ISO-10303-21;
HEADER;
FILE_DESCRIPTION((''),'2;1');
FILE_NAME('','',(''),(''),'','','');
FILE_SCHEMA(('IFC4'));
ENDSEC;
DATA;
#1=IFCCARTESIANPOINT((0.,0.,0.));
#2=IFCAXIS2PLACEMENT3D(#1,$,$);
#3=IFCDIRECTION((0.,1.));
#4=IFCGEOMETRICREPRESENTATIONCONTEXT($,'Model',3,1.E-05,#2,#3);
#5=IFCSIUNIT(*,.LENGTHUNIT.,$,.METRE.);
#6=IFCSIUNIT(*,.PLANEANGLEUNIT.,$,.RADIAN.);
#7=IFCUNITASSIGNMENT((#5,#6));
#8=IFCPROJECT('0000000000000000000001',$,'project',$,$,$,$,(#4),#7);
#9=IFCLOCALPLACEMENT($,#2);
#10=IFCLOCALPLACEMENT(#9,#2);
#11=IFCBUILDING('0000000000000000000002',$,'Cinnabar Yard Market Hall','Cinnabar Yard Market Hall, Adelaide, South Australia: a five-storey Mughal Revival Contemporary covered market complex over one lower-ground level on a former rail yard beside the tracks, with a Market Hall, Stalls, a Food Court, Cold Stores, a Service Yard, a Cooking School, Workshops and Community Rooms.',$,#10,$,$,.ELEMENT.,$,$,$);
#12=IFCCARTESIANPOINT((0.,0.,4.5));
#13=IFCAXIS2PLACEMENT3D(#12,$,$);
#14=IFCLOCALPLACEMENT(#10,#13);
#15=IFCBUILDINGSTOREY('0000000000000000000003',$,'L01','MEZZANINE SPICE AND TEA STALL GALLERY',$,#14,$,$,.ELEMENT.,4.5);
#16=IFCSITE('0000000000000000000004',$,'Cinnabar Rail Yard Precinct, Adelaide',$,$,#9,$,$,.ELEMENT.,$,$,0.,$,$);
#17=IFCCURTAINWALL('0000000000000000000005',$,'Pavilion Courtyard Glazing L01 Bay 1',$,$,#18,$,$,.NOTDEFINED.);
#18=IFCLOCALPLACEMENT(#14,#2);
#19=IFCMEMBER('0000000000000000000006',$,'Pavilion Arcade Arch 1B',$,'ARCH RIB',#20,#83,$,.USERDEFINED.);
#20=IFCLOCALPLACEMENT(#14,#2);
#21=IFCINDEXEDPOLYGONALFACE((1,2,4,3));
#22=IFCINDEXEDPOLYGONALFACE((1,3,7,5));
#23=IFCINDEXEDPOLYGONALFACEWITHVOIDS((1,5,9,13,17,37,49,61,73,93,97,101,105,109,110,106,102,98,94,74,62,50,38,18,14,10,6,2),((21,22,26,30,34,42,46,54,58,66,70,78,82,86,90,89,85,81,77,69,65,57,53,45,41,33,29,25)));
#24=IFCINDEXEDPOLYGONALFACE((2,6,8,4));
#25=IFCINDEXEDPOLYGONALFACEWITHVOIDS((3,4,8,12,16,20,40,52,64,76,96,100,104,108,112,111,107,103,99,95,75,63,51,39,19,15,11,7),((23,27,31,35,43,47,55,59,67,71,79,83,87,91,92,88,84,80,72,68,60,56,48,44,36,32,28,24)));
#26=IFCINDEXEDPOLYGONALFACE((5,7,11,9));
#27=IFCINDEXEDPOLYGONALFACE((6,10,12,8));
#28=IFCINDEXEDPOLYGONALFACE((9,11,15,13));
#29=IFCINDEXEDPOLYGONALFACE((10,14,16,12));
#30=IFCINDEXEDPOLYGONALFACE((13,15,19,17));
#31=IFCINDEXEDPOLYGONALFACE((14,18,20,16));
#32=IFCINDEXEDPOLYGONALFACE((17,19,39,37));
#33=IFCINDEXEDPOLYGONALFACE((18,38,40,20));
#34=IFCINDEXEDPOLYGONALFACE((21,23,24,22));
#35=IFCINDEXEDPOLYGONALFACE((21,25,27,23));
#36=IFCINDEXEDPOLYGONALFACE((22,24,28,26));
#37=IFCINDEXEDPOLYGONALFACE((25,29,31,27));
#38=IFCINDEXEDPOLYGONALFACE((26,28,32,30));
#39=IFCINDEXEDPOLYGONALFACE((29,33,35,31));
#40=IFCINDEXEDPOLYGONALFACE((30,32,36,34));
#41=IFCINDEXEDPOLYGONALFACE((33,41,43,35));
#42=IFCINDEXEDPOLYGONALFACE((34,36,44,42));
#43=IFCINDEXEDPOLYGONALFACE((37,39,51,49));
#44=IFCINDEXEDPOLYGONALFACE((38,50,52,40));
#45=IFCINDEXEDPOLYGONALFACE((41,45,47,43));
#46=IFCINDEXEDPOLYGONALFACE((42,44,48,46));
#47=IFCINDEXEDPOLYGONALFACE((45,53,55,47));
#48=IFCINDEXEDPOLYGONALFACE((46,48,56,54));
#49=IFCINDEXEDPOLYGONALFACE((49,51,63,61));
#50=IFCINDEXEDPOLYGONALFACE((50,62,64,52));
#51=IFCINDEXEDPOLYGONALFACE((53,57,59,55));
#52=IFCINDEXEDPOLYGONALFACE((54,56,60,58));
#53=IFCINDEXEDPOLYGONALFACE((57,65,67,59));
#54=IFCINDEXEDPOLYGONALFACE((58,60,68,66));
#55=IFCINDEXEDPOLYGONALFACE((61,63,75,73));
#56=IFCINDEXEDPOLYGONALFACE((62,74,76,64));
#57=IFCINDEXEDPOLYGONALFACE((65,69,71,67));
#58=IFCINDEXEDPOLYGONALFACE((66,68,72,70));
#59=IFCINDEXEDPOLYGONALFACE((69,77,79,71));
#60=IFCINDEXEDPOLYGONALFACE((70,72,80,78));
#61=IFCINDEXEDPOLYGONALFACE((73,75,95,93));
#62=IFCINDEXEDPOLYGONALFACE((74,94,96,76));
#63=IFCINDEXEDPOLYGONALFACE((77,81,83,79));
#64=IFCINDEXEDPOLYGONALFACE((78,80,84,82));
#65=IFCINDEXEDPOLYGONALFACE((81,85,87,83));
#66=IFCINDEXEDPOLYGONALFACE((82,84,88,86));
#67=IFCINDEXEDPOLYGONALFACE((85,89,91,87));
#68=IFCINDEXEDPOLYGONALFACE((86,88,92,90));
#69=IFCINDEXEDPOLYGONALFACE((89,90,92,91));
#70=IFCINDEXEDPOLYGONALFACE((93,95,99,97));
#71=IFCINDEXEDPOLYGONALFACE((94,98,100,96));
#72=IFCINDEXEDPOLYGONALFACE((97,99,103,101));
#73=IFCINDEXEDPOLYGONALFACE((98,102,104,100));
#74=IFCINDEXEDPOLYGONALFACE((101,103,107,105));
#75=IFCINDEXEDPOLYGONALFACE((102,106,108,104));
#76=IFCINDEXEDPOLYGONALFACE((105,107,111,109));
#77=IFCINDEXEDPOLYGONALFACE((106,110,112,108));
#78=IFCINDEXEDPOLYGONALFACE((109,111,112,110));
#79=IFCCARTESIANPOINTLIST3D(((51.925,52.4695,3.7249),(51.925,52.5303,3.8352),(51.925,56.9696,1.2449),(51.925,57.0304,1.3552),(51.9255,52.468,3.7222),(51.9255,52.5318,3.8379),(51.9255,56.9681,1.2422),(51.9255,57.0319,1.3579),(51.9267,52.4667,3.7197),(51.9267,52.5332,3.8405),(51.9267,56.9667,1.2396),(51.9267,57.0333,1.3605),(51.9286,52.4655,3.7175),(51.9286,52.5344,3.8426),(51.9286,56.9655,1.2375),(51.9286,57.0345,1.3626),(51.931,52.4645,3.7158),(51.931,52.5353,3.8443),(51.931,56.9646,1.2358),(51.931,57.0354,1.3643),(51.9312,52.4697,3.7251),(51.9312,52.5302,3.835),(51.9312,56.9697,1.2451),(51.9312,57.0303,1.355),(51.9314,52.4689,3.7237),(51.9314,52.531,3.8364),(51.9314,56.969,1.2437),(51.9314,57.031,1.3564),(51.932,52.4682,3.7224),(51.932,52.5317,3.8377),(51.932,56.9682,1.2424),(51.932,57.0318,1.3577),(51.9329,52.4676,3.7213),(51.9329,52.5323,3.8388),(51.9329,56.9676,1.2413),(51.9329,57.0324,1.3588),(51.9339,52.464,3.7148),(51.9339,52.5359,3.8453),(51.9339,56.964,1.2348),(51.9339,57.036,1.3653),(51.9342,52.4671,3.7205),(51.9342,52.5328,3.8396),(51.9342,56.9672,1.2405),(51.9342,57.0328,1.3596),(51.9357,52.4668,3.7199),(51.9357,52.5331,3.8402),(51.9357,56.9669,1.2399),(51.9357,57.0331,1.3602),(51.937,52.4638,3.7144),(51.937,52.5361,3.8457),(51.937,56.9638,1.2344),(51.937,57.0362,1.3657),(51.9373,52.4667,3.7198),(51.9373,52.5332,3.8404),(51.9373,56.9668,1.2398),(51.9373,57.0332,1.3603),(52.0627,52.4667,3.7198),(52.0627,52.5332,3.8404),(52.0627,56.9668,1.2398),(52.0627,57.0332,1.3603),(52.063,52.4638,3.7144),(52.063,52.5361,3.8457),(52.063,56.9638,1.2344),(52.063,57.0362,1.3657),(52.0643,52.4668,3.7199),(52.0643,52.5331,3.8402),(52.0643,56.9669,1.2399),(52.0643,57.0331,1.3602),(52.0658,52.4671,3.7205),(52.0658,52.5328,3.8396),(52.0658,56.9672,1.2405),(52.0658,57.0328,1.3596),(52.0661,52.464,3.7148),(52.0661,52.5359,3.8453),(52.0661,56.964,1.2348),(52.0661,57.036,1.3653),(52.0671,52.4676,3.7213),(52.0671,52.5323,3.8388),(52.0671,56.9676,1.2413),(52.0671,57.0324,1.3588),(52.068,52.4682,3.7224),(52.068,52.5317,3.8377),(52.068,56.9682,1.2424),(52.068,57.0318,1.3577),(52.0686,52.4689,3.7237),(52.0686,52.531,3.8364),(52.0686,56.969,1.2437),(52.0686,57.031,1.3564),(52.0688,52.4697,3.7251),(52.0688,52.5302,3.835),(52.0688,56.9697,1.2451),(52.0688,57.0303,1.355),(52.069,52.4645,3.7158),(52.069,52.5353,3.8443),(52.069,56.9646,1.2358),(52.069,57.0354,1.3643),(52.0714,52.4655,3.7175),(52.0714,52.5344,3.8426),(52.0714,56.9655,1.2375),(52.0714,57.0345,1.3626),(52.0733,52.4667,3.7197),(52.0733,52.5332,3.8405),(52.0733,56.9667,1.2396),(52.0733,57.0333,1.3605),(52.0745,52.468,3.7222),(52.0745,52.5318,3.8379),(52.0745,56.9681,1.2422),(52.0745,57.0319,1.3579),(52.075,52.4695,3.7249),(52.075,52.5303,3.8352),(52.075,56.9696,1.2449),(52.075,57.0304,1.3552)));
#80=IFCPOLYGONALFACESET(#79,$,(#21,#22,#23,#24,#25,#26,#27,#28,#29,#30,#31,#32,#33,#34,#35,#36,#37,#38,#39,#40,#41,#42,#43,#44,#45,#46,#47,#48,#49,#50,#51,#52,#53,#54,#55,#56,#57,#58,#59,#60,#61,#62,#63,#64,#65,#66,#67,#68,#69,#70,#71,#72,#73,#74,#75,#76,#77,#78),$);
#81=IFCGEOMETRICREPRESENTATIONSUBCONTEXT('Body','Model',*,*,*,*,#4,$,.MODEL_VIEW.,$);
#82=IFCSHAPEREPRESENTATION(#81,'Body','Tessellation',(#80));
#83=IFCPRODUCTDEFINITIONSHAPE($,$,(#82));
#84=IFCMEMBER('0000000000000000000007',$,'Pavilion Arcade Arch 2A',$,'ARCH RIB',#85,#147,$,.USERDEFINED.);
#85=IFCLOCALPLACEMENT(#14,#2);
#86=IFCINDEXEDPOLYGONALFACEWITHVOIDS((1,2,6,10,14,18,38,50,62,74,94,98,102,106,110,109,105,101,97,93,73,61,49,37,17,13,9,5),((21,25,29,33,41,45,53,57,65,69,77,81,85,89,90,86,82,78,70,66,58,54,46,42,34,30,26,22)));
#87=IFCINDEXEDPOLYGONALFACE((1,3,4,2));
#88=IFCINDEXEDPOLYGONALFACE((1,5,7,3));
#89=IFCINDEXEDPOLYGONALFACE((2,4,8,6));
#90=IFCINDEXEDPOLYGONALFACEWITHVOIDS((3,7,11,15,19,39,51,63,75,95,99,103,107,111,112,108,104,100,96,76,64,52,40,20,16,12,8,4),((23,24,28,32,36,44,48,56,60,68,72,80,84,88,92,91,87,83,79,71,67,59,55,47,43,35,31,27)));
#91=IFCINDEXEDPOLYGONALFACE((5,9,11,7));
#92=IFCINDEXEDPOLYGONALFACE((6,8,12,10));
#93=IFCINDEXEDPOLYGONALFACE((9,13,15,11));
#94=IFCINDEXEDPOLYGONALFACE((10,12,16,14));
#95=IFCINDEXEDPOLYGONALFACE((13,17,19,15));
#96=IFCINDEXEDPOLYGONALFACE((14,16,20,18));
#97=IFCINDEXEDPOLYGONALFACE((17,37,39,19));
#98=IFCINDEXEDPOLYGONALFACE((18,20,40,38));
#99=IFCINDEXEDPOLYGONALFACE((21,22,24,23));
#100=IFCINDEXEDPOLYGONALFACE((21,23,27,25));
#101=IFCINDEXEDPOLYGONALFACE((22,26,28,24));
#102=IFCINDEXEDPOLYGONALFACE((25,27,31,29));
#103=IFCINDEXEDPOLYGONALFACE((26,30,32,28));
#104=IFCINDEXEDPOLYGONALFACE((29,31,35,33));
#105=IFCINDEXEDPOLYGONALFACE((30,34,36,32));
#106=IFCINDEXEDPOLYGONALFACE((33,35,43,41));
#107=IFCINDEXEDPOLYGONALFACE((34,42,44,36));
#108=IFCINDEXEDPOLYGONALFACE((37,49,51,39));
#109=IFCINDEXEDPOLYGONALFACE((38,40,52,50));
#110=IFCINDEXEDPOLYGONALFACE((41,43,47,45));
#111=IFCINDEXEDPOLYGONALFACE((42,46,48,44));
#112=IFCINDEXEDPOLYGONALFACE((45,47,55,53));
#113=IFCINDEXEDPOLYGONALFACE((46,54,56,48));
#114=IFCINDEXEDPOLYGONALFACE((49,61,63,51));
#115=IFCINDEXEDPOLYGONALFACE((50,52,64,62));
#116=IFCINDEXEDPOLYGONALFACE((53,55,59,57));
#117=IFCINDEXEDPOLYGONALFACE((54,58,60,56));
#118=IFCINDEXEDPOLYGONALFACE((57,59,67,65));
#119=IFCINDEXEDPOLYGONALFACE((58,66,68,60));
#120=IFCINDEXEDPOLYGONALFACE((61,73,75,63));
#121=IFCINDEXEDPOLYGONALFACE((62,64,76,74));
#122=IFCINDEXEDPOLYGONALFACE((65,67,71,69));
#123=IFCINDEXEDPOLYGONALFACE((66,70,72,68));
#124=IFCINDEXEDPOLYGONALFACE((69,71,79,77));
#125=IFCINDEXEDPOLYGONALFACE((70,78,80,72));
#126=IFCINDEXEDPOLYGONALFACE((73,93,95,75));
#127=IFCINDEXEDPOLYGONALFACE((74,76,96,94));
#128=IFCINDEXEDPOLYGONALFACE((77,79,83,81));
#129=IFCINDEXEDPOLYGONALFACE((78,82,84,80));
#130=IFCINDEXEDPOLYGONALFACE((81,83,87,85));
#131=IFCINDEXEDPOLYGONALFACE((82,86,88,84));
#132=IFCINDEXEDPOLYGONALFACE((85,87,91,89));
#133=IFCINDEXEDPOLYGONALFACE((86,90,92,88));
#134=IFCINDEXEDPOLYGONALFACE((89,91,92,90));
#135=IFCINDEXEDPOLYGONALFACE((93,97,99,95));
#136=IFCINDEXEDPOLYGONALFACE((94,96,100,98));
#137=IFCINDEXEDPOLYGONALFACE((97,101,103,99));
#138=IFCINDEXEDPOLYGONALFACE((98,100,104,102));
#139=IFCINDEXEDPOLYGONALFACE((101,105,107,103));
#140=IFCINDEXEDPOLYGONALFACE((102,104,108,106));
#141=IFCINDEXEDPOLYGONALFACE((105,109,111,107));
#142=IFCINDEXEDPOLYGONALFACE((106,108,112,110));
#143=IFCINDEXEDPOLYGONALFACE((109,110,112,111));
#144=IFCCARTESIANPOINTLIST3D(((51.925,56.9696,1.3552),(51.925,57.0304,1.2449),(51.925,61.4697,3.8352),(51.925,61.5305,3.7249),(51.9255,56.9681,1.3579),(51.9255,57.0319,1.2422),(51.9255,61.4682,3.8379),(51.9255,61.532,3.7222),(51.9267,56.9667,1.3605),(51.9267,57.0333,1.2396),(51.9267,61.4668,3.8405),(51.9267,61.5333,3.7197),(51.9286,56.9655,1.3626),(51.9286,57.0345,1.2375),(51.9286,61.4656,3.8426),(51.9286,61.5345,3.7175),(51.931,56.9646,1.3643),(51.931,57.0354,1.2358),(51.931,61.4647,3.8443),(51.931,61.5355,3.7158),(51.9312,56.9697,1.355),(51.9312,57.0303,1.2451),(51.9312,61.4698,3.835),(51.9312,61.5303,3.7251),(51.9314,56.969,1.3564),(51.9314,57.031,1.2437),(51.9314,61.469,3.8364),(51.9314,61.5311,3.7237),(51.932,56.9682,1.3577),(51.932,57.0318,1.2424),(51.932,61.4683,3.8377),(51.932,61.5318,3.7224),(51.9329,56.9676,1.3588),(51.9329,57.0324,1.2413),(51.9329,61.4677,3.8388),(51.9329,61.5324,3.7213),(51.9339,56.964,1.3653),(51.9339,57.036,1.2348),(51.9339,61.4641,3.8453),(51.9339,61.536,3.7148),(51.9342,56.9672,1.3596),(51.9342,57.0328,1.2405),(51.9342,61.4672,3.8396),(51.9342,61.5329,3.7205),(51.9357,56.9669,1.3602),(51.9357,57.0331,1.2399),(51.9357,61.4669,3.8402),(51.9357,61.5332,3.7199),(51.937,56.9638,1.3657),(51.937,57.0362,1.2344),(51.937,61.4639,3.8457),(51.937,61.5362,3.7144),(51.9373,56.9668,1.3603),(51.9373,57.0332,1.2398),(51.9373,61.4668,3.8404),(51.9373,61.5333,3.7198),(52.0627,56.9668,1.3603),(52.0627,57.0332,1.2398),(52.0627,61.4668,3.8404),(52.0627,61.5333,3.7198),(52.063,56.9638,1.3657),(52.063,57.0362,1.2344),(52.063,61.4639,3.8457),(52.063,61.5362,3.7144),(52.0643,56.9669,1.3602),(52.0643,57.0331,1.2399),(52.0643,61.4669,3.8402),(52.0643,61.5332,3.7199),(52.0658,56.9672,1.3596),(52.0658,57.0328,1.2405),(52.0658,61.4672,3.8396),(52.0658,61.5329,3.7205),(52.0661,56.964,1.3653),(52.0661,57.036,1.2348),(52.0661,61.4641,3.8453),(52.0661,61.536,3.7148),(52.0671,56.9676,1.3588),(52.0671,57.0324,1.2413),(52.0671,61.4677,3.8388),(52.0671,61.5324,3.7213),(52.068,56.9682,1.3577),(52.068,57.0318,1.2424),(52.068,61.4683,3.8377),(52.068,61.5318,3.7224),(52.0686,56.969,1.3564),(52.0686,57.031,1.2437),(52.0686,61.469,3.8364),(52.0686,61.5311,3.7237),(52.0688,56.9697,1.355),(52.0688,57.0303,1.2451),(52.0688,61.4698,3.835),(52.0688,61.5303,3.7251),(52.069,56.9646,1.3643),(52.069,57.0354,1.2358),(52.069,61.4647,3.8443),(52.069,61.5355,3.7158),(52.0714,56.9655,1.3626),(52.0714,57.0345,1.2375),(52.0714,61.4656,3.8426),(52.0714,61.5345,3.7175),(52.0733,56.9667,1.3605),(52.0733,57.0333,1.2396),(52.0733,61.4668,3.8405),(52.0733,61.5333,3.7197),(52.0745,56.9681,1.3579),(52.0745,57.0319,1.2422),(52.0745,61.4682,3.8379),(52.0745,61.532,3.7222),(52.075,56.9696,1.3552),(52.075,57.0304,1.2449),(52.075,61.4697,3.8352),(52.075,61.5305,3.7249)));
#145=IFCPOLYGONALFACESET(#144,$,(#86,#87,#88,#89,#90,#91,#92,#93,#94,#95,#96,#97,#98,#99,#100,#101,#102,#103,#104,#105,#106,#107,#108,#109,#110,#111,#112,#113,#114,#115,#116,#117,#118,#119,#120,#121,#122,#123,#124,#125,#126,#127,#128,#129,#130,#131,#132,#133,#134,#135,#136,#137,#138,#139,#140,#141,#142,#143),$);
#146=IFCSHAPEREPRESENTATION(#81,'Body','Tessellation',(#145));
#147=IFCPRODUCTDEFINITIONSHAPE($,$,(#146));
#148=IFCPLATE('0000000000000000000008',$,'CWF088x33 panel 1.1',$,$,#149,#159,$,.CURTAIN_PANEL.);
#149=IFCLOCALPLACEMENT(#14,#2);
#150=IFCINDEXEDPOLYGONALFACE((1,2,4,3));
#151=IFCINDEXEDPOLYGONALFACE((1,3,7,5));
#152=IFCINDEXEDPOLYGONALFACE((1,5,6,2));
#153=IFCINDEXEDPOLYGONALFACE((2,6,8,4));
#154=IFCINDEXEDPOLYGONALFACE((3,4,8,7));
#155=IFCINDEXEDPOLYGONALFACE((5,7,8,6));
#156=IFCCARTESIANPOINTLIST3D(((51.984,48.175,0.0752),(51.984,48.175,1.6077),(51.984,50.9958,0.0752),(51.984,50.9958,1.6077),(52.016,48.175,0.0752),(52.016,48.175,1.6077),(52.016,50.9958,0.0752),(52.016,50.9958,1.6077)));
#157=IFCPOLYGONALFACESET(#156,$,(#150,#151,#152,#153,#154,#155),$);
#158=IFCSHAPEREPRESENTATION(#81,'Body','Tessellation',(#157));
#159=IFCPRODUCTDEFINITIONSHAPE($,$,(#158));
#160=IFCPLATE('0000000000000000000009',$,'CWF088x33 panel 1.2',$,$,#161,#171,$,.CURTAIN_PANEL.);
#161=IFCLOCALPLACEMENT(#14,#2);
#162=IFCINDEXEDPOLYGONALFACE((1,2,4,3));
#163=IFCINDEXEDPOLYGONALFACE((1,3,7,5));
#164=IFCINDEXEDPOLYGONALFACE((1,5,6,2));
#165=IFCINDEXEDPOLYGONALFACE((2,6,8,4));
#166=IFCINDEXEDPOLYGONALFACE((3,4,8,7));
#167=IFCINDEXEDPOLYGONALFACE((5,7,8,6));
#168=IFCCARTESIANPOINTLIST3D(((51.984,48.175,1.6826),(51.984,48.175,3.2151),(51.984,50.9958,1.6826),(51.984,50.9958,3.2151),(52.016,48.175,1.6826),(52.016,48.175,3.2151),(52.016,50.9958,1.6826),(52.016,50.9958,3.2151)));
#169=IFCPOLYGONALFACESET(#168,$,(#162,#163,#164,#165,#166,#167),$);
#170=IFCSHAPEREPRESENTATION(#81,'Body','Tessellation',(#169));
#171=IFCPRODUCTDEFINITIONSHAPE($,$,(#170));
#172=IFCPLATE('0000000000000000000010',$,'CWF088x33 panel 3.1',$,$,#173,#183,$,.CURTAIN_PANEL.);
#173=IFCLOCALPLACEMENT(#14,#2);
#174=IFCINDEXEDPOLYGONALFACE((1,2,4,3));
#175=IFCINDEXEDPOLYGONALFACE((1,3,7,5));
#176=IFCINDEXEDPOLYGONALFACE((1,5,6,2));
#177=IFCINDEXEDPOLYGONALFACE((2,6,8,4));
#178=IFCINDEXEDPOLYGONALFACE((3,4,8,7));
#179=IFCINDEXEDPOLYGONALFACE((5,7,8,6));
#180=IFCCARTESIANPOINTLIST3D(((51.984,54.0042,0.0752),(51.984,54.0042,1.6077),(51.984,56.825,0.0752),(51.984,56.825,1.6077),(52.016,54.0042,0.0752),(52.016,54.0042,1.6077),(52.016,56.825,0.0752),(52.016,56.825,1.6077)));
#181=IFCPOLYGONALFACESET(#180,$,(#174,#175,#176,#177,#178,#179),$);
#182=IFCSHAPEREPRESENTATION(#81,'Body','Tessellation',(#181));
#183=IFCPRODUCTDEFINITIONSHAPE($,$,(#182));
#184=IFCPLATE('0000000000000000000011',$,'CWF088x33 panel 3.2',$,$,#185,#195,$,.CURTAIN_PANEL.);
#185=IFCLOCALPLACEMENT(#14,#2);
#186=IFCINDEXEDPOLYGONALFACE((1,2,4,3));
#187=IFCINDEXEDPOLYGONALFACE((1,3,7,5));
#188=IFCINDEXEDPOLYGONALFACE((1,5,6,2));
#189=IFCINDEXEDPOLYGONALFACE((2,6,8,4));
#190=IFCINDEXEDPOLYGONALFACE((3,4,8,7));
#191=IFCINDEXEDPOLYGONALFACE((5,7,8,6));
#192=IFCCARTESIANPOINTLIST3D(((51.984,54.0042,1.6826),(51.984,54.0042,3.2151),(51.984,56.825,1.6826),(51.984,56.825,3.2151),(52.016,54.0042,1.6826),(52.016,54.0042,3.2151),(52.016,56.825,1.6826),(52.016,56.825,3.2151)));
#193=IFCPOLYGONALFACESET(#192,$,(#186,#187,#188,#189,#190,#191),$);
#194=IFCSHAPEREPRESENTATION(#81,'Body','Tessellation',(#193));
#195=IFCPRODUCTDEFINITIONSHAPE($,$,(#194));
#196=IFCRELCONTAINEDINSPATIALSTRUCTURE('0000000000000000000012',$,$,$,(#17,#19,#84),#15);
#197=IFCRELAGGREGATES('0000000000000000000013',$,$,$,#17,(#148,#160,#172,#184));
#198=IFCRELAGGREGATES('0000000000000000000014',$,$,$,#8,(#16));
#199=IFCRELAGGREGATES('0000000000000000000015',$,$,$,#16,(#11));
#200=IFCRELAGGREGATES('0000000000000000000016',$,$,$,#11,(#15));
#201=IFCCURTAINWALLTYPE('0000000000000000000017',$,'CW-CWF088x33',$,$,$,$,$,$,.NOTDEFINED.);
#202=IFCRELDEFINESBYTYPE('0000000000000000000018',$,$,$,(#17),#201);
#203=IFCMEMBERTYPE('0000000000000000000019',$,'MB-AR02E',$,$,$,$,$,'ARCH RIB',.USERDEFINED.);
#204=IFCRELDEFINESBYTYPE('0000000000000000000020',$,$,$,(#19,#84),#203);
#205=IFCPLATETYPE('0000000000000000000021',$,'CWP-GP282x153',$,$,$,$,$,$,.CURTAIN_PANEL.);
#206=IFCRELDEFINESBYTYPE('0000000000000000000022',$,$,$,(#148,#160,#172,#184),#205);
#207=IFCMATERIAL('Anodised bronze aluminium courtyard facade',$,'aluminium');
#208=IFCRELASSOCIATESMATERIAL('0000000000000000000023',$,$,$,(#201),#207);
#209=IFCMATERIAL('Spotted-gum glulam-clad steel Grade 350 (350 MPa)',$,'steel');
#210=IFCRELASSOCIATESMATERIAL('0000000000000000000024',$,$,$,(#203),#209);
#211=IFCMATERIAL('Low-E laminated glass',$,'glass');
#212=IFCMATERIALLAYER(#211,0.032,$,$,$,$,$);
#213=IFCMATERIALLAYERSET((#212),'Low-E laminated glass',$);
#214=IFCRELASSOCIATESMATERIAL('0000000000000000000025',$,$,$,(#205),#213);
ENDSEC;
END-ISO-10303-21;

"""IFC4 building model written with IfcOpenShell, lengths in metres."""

from ifc_helpers import new_model, si_unit, direction, frame, origin, origin_2d_with_axis, place, context, subcontext, project, spatial, rectangle, hollow_rectangle, extrude, material, layer, layer_set, material_profile, profile_set, type_object, element, aggregate, save


model = new_model("IFC4")

# Units and contexts
model_context = context("Model", 3, precision=1e-05, world=origin(), true_north=direction((0.0, 1.0)))
body_context = subcontext(model_context, "Body", "Model", "MODEL_VIEW")
ifc_project = project(units=[si_unit("LENGTHUNIT", "METRE"), si_unit("PLANEANGLEUNIT", "RADIAN")], contexts=[model_context])

# Site, building, storey
site_placement = place(None, origin())
site = spatial("IfcSite", under=ifc_project, at=site_placement, Name="Cinnabar Rail Yard Precinct, Adelaide", CompositionType="ELEMENT", RefElevation=0.0)
building_placement = place(site_placement, origin())
building = spatial("IfcBuilding", under=site, at=building_placement, Name="Cinnabar Yard Market Hall", Description="Cinnabar Yard Market Hall, Adelaide, South Australia: a five-storey Mughal Revival Contemporary covered market complex over one lower-ground level on a former rail yard beside the tracks, with a Market Hall, Stalls, a Food Court, Cold Stores, a Service Yard, a Cooking School, Workshops and Community Rooms.", CompositionType="ELEMENT")
storey_placement = place(building_placement, frame((0.0, 0.0, 4.5)))
storey = spatial("IfcBuildingStorey", under=building, at=storey_placement, Name="L01", Description="MEZZANINE SPICE AND TEA STALL GALLERY", CompositionType="ELEMENT", Elevation=4.5)

# Curtain wall
ifc_material_1 = material(Name="Anodised bronze aluminium courtyard facade", Category="aluminium")
curtain_wall_type = type_object("IfcCurtainWallType", Name="CW-CWF088x33", PredefinedType="NOTDEFINED", material=ifc_material_1)
curtain_wall_1_placement = place(storey_placement, origin())
curtain_wall_1 = element("IfcCurtainWall", 1, at=curtain_wall_1_placement, inside=storey, type_object=curtain_wall_type, Name="Pavilion Courtyard Glazing L01 Bay 1", PredefinedType="NOTDEFINED")

# Members
ifc_material_2 = material(Name="Spotted-gum glulam-clad steel Grade 350 (350 MPa)", Category="steel")
ifc_material_profile_1 = material_profile(ifc_material_2, hollow_rectangle(XDim=0.1499, YDim=0.1499, WallThickness=0.0061, InnerFilletRadius=0.0061, OuterFilletRadius=0.012, at=origin_2d_with_axis()), Name="150x150x6.0SHS")
ifc_profile_set_1 = profile_set([ifc_material_profile_1], Name="Spotted-gum glulam-clad steel Grade 350 (350 MPa)")
member_type_1 = type_object("IfcMemberType", Name="MB-AR02E", ElementType="ARCH RIB", PredefinedType="USERDEFINED", material=ifc_profile_set_1)
for number, where, z_axis, x_axis, name in (
    (2, (52.0, 57.0, 1.3), (0.0, -0.875806, 0.482663), (1.0, 0.0, 0.0), "Pavilion Arcade Arch 1B"),
    (3, (52.0, 57.0, 1.3), (0.0, 0.875806, 0.482663), (-1.0, 0.0, 0.0), "Pavilion Arcade Arch 2A"),
):
    element("IfcMember", number, at=place(storey_placement, frame(where, z_axis=z_axis, x_axis=x_axis)), inside=storey, type_object=member_type_1, Name=name, ObjectType="ARCH RIB", PredefinedType="USERDEFINED", context=body_context, shape_type="SweptSolid", body=[
        extrude(hollow_rectangle(XDim=0.1499, YDim=0.1499, WallThickness=0.0061, InnerFilletRadius=0.0061, OuterFilletRadius=0.012, at=origin_2d_with_axis()), origin(), (0.0, 0.0, 1.0), 5.1382),
    ])

# Plates
ifc_material_3 = material(Name="Low-E laminated glass", Category="glass")
ifc_layer_1 = layer(ifc_material_3, 0.032)
ifc_layer_set_1 = layer_set([ifc_layer_1], Name="Low-E laminated glass")
plate_type_1 = type_object("IfcPlateType", Name="CWP-GP282x153", PredefinedType="CURTAIN_PANEL", material=ifc_layer_set_1)
plate_1_placement = place(storey_placement, frame((52.0, 49.5854, 0.0752), z_axis=(0.0, 0.0, 1.0), x_axis=(0.0, 1.0, 0.0)))
plate_1 = element("IfcPlate", 4, at=plate_1_placement, type_object=plate_type_1, Name="CWF088x33 panel 1.1", PredefinedType="CURTAIN_PANEL", context=body_context, shape_type="SweptSolid", body=[
    extrude(rectangle(XDim=2.8208, YDim=0.032, at=origin_2d_with_axis()), origin(), (0.0, 0.0, 1.0), 1.5325),
])
plate_2_placement = place(storey_placement, frame((52.0, 49.5854, 1.6826), z_axis=(0.0, 0.0, 1.0), x_axis=(0.0, 1.0, 0.0)))
plate_2 = element("IfcPlate", 5, at=plate_2_placement, type_object=plate_type_1, Name="CWF088x33 panel 1.2", PredefinedType="CURTAIN_PANEL", context=body_context, shape_type="SweptSolid", body=[
    extrude(rectangle(XDim=2.8208, YDim=0.032, at=origin_2d_with_axis()), origin(), (0.0, 0.0, 1.0), 1.5325),
])
plate_3_placement = place(storey_placement, frame((52.0, 55.4146, 0.0752), z_axis=(0.0, 0.0, 1.0), x_axis=(0.0, 1.0, 0.0)))
plate_3 = element("IfcPlate", 6, at=plate_3_placement, type_object=plate_type_1, Name="CWF088x33 panel 3.1", PredefinedType="CURTAIN_PANEL", context=body_context, shape_type="SweptSolid", body=[
    extrude(rectangle(XDim=2.8208, YDim=0.032, at=origin_2d_with_axis()), origin(), (0.0, 0.0, 1.0), 1.5325),
])
plate_4_placement = place(storey_placement, frame((52.0, 55.4146, 1.6826), z_axis=(0.0, 0.0, 1.0), x_axis=(0.0, 1.0, 0.0)))
plate_4 = element("IfcPlate", 7, at=plate_4_placement, type_object=plate_type_1, Name="CWF088x33 panel 3.2", PredefinedType="CURTAIN_PANEL", context=body_context, shape_type="SweptSolid", body=[
    extrude(rectangle(XDim=2.8208, YDim=0.032, at=origin_2d_with_axis()), origin(), (0.0, 0.0, 1.0), 1.5325),
])
aggregate(curtain_wall_1, [plate_1, plate_2, plate_3, plate_4])

save(model, "model.ifc")
